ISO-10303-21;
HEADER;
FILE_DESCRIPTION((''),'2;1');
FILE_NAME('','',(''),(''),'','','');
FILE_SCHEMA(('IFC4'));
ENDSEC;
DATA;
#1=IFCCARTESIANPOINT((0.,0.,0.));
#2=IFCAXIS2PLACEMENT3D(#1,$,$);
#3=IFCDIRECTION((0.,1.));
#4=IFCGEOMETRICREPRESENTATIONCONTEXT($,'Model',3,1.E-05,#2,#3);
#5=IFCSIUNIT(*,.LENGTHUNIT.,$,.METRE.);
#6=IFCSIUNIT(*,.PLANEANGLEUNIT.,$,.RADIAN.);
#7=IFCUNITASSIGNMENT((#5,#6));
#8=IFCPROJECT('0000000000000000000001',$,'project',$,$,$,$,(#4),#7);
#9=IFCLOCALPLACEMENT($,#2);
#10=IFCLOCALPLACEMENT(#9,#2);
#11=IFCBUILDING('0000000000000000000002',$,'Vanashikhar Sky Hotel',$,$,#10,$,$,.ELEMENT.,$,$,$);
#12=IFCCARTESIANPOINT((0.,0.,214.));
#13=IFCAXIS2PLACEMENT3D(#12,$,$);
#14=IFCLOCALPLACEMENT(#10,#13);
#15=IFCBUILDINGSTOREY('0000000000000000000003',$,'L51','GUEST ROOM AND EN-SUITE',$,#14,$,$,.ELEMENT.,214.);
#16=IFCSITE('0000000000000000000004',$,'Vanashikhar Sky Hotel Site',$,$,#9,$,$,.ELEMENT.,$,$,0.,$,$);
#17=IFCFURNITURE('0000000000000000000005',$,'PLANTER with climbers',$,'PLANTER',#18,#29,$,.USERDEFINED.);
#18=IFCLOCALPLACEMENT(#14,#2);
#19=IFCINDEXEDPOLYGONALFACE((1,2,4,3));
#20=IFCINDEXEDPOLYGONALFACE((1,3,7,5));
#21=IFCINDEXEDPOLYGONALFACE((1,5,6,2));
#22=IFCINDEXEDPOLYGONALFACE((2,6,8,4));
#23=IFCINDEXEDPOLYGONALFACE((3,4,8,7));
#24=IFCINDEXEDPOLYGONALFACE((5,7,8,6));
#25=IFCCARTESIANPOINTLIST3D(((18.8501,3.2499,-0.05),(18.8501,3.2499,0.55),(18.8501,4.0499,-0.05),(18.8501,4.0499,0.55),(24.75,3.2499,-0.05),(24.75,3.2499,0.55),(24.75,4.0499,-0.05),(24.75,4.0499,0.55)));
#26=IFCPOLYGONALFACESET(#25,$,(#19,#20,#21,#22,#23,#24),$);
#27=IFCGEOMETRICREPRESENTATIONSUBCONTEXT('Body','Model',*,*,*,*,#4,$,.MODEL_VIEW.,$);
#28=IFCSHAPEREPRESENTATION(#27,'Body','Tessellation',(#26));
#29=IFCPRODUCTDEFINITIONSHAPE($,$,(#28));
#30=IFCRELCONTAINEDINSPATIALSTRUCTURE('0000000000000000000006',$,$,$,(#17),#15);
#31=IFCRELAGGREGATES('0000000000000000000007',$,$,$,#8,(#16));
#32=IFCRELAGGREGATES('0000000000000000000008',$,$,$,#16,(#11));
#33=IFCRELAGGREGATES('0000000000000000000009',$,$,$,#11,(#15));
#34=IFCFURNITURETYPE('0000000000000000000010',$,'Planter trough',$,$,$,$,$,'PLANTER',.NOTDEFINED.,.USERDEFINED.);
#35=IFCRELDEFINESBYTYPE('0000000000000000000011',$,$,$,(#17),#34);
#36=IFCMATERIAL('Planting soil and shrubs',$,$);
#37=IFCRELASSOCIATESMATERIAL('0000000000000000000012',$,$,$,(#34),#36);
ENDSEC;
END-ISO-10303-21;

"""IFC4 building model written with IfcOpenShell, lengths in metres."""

from ifc_helpers import new_model, si_unit, direction, frame, origin, origin_2d, place, context, subcontext, project, spatial, rectangle, extrude, source, transform, mapped, material, type_object, element, save


model = new_model("IFC4")

# Units and contexts
model_context = context("Model", 3, precision=1e-05, world=origin(), true_north=direction((0.0, 1.0)))
body_context = subcontext(model_context, "Body", "Model", "MODEL_VIEW")
ifc_project = project(units=[si_unit("LENGTHUNIT", "METRE"), si_unit("PLANEANGLEUNIT", "RADIAN")], contexts=[model_context])

# Site, building, storey
site_placement = place(None, origin())
site = spatial("IfcSite", under=ifc_project, at=site_placement, Name="Vanashikhar Sky Hotel Site", CompositionType="ELEMENT", RefElevation=0.0)
building_placement = place(site_placement, origin())
building = spatial("IfcBuilding", under=site, at=building_placement, Name="Vanashikhar Sky Hotel", CompositionType="ELEMENT")
storey_placement = place(building_placement, frame((0.0, 0.0, 214.0)))
storey = spatial("IfcBuildingStorey", under=building, at=storey_placement, Name="L51", Description="GUEST ROOM AND EN-SUITE", CompositionType="ELEMENT", Elevation=214.0)

# Furniture
ifc_material_1 = material(Name="Planting soil and shrubs")
furniture_type = type_object("IfcFurnitureType", Name="Planter trough", ElementType="PLANTER", AssemblyPlace="NOTDEFINED", PredefinedType="USERDEFINED", material=ifc_material_1)
shared_shape_1 = source(origin(), body_context, "Body", "SweptSolid", [
    extrude(rectangle(XDim=5.8999, YDim=0.8, at=origin_2d()), origin(), (0.0, 0.0, 1.0), 0.6001),
])
furniture_placement = place(storey_placement, frame((21.8, 3.6499, -0.05), z_axis=(0.0, 0.0, 1.0), x_axis=(1.0, 0.0, 0.0)))
element("IfcFurniture", 1, at=furniture_placement, inside=storey, type_object=furniture_type, Name="PLANTER with climbers", ObjectType="PLANTER", PredefinedType="USERDEFINED", context=body_context, shape_type="MappedRepresentation", body=[
    mapped(shared_shape_1, transform((0.0, 0.0, 0.0), scale=1.0)),
])

save(model, "model.ifc")
